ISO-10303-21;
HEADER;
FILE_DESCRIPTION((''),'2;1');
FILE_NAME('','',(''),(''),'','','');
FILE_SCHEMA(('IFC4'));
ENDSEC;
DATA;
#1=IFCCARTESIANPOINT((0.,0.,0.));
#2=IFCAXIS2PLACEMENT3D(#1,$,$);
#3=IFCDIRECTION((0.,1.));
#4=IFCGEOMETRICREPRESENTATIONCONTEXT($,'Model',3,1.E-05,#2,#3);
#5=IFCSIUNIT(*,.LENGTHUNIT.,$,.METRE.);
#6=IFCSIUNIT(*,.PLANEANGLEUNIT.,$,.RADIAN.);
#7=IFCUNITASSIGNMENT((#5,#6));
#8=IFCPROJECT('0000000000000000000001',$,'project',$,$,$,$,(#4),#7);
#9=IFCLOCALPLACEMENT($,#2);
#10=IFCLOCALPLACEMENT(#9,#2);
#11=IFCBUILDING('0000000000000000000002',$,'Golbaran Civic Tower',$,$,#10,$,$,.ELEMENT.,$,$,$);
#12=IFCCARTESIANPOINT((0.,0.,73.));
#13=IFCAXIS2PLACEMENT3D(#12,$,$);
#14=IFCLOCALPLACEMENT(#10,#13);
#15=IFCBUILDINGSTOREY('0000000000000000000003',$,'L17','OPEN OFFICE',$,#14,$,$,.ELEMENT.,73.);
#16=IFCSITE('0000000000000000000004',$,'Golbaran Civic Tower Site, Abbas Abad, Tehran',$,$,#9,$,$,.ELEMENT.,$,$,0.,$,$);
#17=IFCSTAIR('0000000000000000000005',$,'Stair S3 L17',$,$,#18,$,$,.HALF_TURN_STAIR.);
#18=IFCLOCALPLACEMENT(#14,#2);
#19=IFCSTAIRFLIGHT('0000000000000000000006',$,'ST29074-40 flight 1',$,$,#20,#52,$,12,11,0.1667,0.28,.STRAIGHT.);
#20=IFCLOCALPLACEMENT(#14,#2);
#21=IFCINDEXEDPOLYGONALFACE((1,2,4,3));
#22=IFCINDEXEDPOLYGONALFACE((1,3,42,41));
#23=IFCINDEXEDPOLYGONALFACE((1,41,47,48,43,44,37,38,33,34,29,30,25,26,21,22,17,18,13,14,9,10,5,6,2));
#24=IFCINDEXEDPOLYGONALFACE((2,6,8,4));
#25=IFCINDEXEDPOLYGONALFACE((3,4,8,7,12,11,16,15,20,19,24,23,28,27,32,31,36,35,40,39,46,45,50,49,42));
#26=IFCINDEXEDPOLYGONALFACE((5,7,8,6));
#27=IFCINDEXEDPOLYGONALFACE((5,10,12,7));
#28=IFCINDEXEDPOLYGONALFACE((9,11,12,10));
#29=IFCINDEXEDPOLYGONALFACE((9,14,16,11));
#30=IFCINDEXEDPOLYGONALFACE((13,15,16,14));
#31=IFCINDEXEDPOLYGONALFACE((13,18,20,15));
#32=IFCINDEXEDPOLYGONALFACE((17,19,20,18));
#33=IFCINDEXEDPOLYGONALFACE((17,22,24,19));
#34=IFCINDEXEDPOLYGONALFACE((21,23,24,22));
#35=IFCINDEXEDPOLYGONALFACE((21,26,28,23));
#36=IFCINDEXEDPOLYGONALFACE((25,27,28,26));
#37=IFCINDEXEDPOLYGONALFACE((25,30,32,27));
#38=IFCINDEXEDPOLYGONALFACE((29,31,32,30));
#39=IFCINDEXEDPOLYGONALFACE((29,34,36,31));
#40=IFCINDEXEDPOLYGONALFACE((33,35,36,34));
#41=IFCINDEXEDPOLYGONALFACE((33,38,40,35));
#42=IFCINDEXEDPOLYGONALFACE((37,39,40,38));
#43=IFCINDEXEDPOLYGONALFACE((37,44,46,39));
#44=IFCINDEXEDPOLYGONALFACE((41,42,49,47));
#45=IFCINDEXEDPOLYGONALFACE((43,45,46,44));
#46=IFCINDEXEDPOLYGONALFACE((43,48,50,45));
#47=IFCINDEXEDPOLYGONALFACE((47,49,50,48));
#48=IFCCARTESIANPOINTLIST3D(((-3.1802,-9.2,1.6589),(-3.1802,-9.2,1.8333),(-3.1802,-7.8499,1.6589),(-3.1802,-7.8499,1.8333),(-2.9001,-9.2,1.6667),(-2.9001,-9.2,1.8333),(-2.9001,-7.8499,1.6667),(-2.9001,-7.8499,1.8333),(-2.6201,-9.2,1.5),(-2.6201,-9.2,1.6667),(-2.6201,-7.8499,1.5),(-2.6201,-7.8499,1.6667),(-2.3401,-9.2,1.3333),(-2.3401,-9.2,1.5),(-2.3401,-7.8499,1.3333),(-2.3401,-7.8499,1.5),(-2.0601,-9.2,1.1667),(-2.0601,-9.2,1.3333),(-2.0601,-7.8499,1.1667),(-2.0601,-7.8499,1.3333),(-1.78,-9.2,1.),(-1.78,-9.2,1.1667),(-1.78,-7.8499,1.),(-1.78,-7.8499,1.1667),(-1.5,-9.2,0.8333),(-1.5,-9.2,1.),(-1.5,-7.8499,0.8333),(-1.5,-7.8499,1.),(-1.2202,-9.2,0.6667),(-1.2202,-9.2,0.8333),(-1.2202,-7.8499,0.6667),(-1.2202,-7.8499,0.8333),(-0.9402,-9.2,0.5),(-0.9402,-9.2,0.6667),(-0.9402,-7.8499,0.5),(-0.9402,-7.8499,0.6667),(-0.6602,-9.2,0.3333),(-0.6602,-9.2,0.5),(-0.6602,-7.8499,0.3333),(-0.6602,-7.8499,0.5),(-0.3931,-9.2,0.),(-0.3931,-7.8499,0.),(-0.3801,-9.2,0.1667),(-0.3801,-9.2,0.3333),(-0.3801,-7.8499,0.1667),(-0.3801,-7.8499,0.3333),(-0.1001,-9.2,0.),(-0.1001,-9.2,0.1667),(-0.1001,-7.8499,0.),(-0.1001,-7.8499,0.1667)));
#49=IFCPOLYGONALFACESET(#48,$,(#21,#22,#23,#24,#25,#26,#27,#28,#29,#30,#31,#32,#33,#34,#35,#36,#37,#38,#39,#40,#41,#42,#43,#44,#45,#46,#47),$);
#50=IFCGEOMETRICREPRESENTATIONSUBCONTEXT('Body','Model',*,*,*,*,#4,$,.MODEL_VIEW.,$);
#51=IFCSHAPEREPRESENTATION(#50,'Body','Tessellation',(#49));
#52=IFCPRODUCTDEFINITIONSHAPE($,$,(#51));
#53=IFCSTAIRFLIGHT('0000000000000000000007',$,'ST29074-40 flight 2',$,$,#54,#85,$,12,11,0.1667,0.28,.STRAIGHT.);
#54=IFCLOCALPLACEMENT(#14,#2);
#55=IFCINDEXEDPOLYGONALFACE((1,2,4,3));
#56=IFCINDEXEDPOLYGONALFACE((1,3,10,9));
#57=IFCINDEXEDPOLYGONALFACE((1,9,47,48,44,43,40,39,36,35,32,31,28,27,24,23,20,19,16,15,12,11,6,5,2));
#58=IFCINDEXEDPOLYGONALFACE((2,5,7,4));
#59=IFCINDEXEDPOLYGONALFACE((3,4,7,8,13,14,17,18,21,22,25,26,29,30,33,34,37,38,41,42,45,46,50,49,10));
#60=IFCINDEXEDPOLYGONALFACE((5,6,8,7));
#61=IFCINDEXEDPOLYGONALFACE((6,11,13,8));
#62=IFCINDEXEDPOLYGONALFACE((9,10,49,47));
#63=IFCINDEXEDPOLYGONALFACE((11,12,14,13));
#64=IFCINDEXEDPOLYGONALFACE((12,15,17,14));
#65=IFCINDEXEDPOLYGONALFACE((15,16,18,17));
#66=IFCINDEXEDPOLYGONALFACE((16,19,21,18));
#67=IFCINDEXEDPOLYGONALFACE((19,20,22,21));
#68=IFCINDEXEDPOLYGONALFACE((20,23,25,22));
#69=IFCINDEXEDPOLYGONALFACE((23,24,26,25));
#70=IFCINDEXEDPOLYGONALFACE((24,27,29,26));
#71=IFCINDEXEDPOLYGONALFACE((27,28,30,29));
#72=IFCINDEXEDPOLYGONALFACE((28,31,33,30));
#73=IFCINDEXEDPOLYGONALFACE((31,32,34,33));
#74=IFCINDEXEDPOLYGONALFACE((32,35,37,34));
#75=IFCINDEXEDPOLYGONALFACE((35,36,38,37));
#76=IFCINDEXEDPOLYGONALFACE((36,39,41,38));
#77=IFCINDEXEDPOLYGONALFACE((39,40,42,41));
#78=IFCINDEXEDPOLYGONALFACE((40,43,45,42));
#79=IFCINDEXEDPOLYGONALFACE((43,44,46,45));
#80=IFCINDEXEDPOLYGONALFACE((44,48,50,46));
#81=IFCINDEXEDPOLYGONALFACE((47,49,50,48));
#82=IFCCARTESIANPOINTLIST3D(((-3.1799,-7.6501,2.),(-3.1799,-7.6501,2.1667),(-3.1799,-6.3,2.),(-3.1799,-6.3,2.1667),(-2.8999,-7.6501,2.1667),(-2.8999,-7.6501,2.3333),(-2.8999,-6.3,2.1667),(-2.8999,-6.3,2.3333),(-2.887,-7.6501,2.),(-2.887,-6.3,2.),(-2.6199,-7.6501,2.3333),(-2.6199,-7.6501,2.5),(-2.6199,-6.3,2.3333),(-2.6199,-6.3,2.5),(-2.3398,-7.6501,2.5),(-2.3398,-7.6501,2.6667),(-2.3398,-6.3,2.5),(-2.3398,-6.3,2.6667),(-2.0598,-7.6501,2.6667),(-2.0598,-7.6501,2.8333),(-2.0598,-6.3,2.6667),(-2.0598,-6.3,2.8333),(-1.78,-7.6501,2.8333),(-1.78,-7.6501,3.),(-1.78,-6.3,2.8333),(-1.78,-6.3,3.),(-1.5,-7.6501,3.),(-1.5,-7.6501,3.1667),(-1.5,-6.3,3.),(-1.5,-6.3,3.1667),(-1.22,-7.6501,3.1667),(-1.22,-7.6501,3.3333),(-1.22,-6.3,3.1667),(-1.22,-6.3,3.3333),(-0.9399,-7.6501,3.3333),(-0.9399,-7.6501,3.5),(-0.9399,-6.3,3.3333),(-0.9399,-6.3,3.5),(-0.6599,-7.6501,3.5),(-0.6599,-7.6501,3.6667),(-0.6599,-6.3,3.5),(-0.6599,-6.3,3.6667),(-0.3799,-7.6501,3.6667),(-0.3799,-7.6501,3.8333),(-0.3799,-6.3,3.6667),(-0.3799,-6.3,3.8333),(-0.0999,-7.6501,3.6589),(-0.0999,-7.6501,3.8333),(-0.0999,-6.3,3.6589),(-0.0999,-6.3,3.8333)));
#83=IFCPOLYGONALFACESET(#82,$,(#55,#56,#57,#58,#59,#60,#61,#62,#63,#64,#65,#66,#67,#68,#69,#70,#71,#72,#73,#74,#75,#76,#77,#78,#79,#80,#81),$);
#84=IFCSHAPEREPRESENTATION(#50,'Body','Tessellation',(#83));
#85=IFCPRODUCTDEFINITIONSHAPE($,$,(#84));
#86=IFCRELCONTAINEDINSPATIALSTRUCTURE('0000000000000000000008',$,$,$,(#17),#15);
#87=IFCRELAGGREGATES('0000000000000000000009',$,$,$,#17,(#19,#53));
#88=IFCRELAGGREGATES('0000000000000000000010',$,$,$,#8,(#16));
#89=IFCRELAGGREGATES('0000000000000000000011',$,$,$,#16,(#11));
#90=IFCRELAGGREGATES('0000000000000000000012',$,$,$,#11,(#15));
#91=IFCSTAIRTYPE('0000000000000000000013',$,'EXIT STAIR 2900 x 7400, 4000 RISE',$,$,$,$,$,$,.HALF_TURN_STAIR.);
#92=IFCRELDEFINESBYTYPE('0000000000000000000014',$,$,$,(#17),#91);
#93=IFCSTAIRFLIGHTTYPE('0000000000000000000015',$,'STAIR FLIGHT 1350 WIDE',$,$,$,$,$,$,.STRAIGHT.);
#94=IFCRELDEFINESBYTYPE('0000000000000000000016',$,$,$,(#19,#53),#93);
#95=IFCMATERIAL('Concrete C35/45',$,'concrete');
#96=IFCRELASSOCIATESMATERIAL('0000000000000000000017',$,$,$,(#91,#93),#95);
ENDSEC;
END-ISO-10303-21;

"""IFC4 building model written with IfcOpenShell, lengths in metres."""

from ifc_helpers import new_model, si_unit, direction, frame, origin, place, context, subcontext, project, spatial, polyline, outline, extrude, material, type_object, element, aggregate, save


model = new_model("IFC4")

# Units and contexts
model_context = context("Model", 3, precision=1e-05, world=origin(), true_north=direction((0.0, 1.0)))
body_context = subcontext(model_context, "Body", "Model", "MODEL_VIEW")
ifc_project = project(units=[si_unit("LENGTHUNIT", "METRE"), si_unit("PLANEANGLEUNIT", "RADIAN")], contexts=[model_context])

# Site, building, storey
site_placement = place(None, origin())
site = spatial("IfcSite", under=ifc_project, at=site_placement, Name="Golbaran Civic Tower Site, Abbas Abad, Tehran", CompositionType="ELEMENT", RefElevation=0.0)
building_placement = place(site_placement, origin())
building = spatial("IfcBuilding", under=site, at=building_placement, Name="Golbaran Civic Tower", CompositionType="ELEMENT")
storey_placement = place(building_placement, frame((0.0, 0.0, 73.0)))
storey = spatial("IfcBuildingStorey", under=building, at=storey_placement, Name="L17", Description="OPEN OFFICE", CompositionType="ELEMENT", Elevation=73.0)

# Stair, stair flights
ifc_material_1 = material(Name="Concrete C35/45", Category="concrete")
stair_type = type_object("IfcStairType", Name="EXIT STAIR 2900 x 7400, 4000 RISE", PredefinedType="HALF_TURN_STAIR", material=ifc_material_1)
stair_placement = place(storey_placement, origin())
stair = element("IfcStair", 1, at=stair_placement, inside=storey, type_object=stair_type, Name="Stair S3 L17", PredefinedType="HALF_TURN_STAIR")
stair_flight_type = type_object("IfcStairFlightType", Name="STAIR FLIGHT 1350 WIDE", PredefinedType="STRAIGHT", material=ifc_material_1)
stair_flight_1_placement = place(storey_placement, frame((-0.1001, -8.5249, 0.0), z_axis=(0.0, 0.0, 1.0), x_axis=(-1.0, 0.0, 0.0)))
stair_flight_1 = element("IfcStairFlight", 2, at=stair_flight_1_placement, type_object=stair_flight_type, Name="ST29074-40 flight 1", NumberOfRisers=12, NumberOfTreads=11, PredefinedType="STRAIGHT", RiserHeight=0.1667, TreadLength=0.28, context=body_context, shape_type="SweptSolid", body=[
    extrude(outline(polyline([(0.0, 0.0), (0.0, 0.1667), (0.28, 0.1667), (0.28, 0.3333), (0.5601, 0.3333), (0.5601, 0.5), (0.8401, 0.5), (0.8401, 0.6667), (1.1201, 0.6667), (1.1201, 0.8333), (1.3999, 0.8333), (1.3999, 1.0), (1.6799, 1.0), (1.6799, 1.1667), (1.96, 1.1667), (1.96, 1.3333), (2.24, 1.3333), (2.24, 1.5), (2.52, 1.5), (2.52, 1.6667), (2.8, 1.6667), (2.8, 1.8333), (3.0801, 1.8333), (3.0801, 2.0), (3.0801, 1.6589), (0.293, 0.0), (0.0, 0.0)])), frame((0.0, 0.675, 0.0), z_axis=(0.0, -1.0, 0.0), x_axis=(1.0, 0.0, 0.0)), (0.0, 0.0, 1.0), 1.3501),
])
stair_flight_2_placement = place(storey_placement, frame((-3.1799, -6.9751, 2.0), z_axis=(0.0, 0.0, 1.0), x_axis=(1.0, 0.0, 0.0)))
stair_flight_2 = element("IfcStairFlight", 3, at=stair_flight_2_placement, type_object=stair_flight_type, Name="ST29074-40 flight 2", NumberOfRisers=12, NumberOfTreads=11, PredefinedType="STRAIGHT", RiserHeight=0.1667, TreadLength=0.28, context=body_context, shape_type="SweptSolid", body=[
    extrude(outline(polyline([(0.0, 0.0), (0.0, 0.1667), (0.28, 0.1667), (0.28, 0.3333), (0.5601, 0.3333), (0.5601, 0.5), (0.8401, 0.5), (0.8401, 0.6667), (1.1201, 0.6667), (1.1201, 0.8333), (1.3999, 0.8333), (1.3999, 1.0), (1.6799, 1.0), (1.6799, 1.1667), (1.96, 1.1667), (1.96, 1.3333), (2.24, 1.3333), (2.24, 1.5), (2.52, 1.5), (2.52, 1.6667), (2.8, 1.6667), (2.8, 1.8333), (3.0801, 1.8333), (3.0801, 2.0), (3.0801, 1.6589), (0.293, 0.0), (0.0, 0.0)])), frame((0.0, 0.675, 0.0), z_axis=(0.0, -1.0, 0.0), x_axis=(1.0, 0.0, 0.0)), (0.0, 0.0, 1.0), 1.3501),
])
aggregate(stair, [stair_flight_1, stair_flight_2])

save(model, "model.ifc")
